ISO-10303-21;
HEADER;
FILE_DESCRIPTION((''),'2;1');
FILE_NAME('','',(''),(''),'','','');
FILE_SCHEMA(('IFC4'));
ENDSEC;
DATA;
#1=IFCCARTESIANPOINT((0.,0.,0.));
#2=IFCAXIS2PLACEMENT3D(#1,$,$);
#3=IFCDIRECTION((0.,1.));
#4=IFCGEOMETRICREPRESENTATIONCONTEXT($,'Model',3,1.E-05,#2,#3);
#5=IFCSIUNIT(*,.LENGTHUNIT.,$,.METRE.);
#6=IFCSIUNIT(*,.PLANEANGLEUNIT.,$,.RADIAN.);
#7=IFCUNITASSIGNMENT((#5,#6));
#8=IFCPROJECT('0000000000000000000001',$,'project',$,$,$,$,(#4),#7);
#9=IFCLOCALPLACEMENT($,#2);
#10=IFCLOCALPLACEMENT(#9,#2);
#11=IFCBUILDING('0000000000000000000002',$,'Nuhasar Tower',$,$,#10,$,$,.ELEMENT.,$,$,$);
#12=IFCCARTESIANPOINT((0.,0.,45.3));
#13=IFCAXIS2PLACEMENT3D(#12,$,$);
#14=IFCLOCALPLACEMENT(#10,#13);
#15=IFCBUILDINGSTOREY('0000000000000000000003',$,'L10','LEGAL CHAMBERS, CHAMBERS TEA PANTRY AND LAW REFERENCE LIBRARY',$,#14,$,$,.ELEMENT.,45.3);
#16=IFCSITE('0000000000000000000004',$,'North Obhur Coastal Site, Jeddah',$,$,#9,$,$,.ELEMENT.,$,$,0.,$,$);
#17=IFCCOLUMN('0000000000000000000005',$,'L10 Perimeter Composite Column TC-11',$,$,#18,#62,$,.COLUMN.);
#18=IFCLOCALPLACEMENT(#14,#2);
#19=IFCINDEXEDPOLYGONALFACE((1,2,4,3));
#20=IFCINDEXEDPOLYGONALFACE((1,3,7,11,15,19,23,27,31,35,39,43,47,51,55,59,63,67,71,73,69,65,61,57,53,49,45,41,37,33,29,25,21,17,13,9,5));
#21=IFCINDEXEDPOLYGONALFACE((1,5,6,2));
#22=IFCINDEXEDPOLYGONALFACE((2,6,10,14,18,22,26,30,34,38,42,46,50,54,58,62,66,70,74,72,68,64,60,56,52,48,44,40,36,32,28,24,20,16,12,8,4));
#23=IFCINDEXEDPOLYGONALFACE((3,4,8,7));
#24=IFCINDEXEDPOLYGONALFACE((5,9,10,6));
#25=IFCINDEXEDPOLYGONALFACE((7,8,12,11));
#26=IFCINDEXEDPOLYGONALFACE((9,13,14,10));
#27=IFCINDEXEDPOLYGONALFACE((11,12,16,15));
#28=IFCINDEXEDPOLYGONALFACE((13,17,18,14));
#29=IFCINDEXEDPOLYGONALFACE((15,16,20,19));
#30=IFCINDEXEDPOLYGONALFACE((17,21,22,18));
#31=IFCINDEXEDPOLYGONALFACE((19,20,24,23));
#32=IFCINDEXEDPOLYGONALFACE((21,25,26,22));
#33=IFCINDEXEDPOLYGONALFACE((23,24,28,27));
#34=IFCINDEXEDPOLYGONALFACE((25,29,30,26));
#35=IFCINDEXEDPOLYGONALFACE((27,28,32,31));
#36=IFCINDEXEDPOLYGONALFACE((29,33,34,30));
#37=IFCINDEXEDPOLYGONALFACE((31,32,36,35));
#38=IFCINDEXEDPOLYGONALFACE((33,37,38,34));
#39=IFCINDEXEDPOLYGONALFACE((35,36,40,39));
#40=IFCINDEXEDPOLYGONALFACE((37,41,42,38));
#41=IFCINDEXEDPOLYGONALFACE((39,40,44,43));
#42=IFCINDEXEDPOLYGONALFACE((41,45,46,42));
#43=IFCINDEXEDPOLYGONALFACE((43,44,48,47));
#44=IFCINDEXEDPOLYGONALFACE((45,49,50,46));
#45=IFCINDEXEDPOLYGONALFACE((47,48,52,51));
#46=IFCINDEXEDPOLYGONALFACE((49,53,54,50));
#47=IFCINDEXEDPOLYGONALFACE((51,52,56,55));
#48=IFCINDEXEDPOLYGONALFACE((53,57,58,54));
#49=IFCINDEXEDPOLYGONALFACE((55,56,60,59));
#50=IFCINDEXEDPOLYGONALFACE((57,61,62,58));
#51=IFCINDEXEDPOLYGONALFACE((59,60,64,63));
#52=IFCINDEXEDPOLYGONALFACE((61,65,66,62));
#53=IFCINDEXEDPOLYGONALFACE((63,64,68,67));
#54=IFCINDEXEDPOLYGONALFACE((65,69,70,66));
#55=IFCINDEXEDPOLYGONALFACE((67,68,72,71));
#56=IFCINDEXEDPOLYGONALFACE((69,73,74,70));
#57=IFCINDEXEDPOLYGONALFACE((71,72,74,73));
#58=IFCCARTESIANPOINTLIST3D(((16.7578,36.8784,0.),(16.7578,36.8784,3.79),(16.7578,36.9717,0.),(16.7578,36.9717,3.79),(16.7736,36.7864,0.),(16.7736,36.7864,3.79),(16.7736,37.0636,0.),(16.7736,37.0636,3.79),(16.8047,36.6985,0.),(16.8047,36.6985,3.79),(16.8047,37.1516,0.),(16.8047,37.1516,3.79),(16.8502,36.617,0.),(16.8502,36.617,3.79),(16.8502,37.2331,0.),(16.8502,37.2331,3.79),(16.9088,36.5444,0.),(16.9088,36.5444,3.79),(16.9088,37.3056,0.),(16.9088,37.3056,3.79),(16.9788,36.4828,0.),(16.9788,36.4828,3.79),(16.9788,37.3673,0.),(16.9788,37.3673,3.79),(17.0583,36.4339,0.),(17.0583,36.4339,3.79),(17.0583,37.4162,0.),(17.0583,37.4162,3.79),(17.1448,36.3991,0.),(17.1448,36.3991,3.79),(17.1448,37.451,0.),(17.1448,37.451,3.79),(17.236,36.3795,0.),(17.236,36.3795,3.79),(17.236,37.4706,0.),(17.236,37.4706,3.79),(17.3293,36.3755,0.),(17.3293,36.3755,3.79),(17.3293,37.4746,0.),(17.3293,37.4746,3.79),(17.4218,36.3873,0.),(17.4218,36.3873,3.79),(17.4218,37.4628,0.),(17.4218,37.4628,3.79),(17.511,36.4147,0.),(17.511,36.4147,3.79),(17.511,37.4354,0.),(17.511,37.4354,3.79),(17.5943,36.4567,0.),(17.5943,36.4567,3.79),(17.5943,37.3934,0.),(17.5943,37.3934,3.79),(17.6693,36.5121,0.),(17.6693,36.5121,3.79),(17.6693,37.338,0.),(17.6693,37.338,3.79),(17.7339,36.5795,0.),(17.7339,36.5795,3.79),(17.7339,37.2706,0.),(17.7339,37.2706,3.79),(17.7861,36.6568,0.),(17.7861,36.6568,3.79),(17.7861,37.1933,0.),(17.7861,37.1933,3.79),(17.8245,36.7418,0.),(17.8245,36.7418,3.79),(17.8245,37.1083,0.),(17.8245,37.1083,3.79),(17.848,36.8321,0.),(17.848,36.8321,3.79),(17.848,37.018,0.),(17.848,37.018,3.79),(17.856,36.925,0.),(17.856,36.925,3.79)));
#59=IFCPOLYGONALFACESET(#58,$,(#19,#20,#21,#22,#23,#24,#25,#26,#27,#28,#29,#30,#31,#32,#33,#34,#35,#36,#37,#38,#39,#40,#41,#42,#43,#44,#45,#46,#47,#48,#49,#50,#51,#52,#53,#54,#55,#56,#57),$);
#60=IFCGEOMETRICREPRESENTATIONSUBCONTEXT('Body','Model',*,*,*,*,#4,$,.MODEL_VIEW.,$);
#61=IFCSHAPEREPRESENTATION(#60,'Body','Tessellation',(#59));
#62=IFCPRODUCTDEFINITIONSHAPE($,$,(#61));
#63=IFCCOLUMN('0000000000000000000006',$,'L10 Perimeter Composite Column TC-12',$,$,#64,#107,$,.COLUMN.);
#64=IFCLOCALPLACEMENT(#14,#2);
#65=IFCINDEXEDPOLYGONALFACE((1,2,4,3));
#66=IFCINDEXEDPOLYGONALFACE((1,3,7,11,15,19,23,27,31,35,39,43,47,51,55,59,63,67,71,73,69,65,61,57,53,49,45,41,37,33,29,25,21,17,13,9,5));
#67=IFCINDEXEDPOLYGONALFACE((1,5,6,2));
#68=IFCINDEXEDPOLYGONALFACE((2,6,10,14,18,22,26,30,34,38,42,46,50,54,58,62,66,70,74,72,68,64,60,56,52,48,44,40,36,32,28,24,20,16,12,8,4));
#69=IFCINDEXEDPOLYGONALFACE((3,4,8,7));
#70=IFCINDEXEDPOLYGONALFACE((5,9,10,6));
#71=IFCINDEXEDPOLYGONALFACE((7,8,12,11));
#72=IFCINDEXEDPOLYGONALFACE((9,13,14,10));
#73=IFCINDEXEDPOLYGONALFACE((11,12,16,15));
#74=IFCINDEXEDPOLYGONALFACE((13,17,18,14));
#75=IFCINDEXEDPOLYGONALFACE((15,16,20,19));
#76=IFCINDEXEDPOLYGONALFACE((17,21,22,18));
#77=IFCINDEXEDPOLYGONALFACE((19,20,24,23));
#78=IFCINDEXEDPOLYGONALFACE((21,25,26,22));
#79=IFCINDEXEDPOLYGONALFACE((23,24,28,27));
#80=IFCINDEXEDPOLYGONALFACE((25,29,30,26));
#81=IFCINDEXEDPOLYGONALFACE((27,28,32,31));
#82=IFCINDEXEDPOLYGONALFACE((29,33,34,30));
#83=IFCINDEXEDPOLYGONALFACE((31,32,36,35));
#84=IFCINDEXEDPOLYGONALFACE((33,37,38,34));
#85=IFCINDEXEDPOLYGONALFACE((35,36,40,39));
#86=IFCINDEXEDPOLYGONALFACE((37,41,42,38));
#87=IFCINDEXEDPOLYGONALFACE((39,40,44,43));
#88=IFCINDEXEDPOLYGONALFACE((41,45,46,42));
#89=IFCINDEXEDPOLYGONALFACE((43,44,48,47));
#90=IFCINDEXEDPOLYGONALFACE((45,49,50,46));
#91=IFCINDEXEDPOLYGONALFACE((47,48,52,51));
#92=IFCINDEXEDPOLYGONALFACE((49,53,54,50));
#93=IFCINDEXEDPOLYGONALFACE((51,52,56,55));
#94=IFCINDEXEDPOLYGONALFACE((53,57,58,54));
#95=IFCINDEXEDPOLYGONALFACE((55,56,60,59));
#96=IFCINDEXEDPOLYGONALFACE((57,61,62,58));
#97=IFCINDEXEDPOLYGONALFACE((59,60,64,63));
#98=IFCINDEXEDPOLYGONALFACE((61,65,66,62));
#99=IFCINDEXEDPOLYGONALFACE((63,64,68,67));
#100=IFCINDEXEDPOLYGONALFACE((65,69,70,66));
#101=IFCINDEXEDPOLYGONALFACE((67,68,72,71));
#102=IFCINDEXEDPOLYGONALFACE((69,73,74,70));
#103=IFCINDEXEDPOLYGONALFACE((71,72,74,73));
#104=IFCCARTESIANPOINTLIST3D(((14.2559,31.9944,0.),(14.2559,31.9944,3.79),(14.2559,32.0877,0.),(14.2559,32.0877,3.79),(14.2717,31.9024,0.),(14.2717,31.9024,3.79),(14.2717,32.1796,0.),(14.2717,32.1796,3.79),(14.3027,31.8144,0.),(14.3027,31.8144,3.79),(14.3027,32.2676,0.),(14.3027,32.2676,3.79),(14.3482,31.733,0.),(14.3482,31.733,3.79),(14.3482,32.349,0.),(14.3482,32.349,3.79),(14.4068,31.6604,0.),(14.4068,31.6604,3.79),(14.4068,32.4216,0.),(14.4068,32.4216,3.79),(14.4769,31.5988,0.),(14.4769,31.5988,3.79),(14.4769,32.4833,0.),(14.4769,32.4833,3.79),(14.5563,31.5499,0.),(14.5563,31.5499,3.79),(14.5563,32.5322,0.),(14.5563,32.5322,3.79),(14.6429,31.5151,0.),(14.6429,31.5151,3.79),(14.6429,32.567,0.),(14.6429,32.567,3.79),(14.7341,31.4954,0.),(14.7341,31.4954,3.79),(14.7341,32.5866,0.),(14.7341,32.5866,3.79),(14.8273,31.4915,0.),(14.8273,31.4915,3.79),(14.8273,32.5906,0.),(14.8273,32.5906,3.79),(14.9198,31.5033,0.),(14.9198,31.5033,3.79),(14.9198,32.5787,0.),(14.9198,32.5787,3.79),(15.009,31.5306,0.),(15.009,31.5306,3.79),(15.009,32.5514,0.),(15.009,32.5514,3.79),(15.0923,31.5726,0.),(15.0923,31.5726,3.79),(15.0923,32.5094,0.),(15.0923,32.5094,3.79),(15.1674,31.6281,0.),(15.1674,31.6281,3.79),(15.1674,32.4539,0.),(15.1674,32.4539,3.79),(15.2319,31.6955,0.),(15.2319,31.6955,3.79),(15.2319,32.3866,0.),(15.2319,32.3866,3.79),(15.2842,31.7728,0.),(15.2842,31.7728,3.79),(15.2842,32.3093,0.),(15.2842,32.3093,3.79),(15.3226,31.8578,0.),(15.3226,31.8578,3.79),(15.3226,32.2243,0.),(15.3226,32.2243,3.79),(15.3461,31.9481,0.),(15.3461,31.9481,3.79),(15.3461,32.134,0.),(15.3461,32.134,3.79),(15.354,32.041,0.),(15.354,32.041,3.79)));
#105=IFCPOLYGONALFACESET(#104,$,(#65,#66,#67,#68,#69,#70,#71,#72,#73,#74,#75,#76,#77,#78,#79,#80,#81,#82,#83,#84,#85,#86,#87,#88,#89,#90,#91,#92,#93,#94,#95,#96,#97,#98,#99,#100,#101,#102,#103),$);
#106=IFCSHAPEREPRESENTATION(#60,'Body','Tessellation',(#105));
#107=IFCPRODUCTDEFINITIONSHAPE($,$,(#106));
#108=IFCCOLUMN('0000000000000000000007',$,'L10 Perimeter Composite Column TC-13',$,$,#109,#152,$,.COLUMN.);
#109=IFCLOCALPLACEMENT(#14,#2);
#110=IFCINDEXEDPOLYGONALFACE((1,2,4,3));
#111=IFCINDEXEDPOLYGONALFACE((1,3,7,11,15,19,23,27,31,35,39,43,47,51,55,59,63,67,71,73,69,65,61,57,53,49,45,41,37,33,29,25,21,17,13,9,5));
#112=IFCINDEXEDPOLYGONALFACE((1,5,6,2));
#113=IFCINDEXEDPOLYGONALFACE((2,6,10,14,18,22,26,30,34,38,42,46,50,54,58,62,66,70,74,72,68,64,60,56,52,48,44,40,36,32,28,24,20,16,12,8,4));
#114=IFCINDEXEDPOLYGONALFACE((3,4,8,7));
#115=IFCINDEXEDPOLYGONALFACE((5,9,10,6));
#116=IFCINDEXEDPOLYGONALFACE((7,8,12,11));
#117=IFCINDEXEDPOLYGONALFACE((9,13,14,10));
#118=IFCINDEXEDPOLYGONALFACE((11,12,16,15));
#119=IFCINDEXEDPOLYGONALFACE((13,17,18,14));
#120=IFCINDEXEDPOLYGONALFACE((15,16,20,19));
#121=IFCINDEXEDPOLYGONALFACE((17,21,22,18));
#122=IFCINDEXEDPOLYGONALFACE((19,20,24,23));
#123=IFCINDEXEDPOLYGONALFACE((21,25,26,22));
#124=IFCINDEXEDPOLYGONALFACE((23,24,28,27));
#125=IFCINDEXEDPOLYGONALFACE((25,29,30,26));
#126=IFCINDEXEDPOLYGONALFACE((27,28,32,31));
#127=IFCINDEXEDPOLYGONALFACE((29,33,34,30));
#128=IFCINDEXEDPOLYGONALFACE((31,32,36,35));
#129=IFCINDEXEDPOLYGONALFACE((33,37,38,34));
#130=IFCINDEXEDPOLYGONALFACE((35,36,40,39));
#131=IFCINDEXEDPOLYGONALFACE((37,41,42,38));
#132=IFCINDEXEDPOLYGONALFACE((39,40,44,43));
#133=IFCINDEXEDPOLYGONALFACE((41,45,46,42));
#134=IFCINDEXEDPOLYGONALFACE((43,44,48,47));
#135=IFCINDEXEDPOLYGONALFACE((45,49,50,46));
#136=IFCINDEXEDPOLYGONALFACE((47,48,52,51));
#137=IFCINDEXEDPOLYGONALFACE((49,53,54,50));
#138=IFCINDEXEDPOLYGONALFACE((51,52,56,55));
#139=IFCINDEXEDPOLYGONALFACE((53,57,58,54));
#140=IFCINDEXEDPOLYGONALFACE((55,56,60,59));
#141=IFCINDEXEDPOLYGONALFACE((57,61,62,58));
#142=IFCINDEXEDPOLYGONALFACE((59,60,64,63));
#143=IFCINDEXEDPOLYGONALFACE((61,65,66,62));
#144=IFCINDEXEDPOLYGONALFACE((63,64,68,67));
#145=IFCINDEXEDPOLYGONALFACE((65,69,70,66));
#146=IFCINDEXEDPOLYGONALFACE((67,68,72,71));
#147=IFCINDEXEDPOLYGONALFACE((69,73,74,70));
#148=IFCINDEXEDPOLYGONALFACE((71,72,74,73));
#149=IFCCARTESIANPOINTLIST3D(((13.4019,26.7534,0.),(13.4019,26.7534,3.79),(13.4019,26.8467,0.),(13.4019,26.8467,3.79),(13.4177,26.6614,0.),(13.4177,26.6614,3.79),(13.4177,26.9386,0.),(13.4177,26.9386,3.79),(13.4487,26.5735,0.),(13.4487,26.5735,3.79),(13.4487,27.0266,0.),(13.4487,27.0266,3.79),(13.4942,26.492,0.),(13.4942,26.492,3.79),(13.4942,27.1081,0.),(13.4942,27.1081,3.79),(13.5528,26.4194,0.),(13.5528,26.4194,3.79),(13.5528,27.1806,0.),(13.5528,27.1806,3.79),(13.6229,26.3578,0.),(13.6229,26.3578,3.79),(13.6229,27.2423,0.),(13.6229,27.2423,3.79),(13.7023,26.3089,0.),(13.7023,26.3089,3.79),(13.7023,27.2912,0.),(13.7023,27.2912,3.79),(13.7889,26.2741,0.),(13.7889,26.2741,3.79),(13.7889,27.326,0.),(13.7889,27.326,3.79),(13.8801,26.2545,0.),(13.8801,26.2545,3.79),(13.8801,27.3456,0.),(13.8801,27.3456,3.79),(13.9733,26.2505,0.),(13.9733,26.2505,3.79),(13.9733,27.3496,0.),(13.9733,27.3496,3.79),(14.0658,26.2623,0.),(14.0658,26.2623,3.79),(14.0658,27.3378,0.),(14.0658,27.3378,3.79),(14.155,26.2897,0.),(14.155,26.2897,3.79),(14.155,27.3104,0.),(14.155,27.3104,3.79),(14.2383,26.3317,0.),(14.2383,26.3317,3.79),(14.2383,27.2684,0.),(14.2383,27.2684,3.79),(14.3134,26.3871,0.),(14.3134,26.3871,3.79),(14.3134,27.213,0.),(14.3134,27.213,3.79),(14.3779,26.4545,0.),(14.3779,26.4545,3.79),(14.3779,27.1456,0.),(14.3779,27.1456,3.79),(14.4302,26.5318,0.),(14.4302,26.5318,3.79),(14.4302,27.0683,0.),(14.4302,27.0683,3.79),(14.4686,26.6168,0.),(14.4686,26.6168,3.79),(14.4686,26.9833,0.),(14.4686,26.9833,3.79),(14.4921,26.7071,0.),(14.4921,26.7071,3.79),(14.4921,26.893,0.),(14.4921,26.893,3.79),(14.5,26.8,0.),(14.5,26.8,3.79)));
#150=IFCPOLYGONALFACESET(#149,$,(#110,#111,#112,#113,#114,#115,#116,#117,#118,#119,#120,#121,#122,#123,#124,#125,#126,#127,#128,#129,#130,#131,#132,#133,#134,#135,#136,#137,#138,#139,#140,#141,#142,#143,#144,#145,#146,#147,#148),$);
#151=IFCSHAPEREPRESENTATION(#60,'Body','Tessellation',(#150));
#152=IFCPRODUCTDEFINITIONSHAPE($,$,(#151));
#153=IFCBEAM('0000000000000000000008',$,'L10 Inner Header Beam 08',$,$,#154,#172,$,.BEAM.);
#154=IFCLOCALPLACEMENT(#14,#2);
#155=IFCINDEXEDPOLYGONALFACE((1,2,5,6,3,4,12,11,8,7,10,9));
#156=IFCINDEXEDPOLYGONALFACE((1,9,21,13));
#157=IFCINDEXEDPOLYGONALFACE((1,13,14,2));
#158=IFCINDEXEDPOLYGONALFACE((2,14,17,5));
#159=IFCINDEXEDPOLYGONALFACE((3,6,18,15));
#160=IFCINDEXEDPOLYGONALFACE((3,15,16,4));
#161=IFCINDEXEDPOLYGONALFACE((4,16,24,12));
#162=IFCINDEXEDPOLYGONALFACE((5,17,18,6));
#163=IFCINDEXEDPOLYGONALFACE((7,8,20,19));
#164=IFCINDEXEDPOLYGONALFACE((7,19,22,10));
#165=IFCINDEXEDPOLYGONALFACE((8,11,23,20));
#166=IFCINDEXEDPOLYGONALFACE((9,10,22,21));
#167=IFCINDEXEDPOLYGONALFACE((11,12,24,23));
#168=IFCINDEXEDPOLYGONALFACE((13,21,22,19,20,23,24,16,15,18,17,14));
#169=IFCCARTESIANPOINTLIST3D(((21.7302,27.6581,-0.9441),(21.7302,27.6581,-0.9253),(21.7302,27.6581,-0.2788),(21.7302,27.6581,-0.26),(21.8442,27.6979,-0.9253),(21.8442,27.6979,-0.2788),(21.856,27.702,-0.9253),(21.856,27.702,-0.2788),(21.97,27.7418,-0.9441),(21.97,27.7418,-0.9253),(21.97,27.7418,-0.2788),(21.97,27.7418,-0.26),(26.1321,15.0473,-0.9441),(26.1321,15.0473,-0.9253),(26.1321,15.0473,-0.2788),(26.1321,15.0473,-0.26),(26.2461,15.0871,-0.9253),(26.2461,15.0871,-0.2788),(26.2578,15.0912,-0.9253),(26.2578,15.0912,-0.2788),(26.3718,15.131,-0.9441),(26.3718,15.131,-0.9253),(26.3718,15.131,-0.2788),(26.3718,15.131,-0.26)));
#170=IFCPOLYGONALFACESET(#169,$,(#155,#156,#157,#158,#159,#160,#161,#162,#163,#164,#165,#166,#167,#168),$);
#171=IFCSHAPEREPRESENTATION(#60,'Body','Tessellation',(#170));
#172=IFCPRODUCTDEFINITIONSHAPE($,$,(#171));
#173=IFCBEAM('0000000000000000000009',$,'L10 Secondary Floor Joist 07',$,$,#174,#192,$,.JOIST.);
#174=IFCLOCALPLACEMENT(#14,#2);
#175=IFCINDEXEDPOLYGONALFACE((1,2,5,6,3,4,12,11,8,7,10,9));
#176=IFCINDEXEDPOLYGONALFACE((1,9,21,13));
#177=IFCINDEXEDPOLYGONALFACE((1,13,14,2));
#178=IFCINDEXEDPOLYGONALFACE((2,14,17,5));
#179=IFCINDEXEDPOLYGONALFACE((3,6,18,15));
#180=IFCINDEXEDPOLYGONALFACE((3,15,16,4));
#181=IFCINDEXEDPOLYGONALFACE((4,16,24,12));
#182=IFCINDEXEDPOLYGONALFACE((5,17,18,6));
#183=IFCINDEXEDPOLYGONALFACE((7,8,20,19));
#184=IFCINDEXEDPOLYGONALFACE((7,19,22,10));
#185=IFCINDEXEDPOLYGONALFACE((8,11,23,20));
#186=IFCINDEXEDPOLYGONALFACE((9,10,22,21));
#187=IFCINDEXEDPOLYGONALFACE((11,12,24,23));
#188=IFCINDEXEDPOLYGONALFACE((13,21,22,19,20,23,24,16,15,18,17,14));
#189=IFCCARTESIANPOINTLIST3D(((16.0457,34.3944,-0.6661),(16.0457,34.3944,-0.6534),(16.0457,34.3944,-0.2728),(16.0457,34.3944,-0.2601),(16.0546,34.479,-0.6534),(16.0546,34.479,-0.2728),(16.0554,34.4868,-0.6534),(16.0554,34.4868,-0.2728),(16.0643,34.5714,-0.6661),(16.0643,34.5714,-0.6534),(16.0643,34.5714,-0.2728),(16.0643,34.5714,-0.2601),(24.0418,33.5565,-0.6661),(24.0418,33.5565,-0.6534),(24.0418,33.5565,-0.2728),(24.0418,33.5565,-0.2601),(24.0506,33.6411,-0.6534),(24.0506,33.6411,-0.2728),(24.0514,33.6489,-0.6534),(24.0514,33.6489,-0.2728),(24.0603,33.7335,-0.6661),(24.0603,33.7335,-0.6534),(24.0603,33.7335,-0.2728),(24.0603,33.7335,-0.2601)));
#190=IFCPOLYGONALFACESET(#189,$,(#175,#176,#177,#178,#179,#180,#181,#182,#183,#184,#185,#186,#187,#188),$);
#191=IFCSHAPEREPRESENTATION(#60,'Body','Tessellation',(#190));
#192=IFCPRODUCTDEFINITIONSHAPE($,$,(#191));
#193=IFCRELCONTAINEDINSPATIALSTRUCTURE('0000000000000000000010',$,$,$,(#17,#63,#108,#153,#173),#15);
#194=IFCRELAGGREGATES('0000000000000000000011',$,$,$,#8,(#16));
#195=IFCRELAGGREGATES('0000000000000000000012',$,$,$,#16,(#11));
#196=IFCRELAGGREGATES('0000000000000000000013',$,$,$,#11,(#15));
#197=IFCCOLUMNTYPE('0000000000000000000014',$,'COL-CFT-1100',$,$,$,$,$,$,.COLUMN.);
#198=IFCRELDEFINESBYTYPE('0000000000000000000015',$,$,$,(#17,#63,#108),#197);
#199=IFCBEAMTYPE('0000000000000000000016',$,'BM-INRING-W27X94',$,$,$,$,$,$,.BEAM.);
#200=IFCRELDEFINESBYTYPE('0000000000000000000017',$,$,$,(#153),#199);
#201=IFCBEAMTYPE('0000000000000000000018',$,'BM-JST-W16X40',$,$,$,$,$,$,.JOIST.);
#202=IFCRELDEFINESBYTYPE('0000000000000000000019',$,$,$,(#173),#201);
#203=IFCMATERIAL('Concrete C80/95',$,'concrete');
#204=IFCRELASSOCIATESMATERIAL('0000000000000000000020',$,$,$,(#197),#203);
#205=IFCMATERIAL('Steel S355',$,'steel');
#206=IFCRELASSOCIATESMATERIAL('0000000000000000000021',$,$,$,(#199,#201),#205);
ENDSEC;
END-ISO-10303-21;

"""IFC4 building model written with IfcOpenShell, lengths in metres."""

from ifc_helpers import new_model, si_unit, direction, frame, origin, origin_2d, place, context, subcontext, project, spatial, circle, i_section, extrude, material, material_profile, profile_set, type_object, element, save


model = new_model("IFC4")

# Units and contexts
model_context = context("Model", 3, precision=1e-05, world=origin(), true_north=direction((0.0, 1.0)))
body_context = subcontext(model_context, "Body", "Model", "MODEL_VIEW")
ifc_project = project(units=[si_unit("LENGTHUNIT", "METRE"), si_unit("PLANEANGLEUNIT", "RADIAN")], contexts=[model_context])

# Site, building, storey
site_placement = place(None, origin())
site = spatial("IfcSite", under=ifc_project, at=site_placement, Name="North Obhur Coastal Site, Jeddah", CompositionType="ELEMENT", RefElevation=0.0)
building_placement = place(site_placement, origin())
building = spatial("IfcBuilding", under=site, at=building_placement, Name="Nuhasar Tower", CompositionType="ELEMENT")
storey_placement = place(building_placement, frame((0.0, 0.0, 45.3)))
storey = spatial("IfcBuildingStorey", under=building, at=storey_placement, Name="L10", Description="LEGAL CHAMBERS, CHAMBERS TEA PANTRY AND LAW REFERENCE LIBRARY", CompositionType="ELEMENT", Elevation=45.3)

# Columns
ifc_material_1 = material(Name="Concrete C80/95", Category="concrete")
ifc_material_profile_1 = material_profile(ifc_material_1, circle(Radius=0.55, at=origin_2d()), Name="CFT1100")
ifc_profile_set_1 = profile_set([ifc_material_profile_1], Name="Concrete C80/95")
column_type = type_object("IfcColumnType", Name="COL-CFT-1100", PredefinedType="COLUMN", material=ifc_profile_set_1)
for number, where, z_axis, x_axis, name in (
    (1, (17.3059, 36.925, 0.0), (0.0, 0.0, 1.0), (1.0, 0.0, 0.0), "L10 Perimeter Composite Column TC-11"),
    (2, (14.804, 32.041, 0.0), (0.0, 0.0, 1.0), (1.0, 0.0, 0.0), "L10 Perimeter Composite Column TC-12"),
    (3, (13.95, 26.8, 0.0), (0.0, 0.0, 1.0), (1.0, 0.0, 0.0), "L10 Perimeter Composite Column TC-13"),
):
    element("IfcColumn", number, at=place(storey_placement, frame(where, z_axis=z_axis, x_axis=x_axis)), inside=storey, type_object=column_type, Name=name, PredefinedType="COLUMN", context=body_context, shape_type="SweptSolid", body=[
        extrude(circle(Radius=0.55, at=origin_2d()), origin(), (0.0, 0.0, 1.0), 3.79),
    ])

# Beams
ifc_material_2 = material(Name="Steel S355", Category="steel")
ifc_material_profile_2 = material_profile(ifc_material_2, i_section(OverallWidth=0.2539, OverallDepth=0.6841, WebThickness=0.0125, FlangeThickness=0.0188, at=origin_2d()), Name="W27X94")
ifc_profile_set_2 = profile_set([ifc_material_profile_2], Name="Steel S355")
beam_type_1 = type_object("IfcBeamType", Name="BM-INRING-W27X94", PredefinedType="BEAM", material=ifc_profile_set_2)
beam_1_placement = place(storey_placement, frame((21.8501, 27.7, -0.6021), z_axis=(0.329554, -0.944137, 0.0), x_axis=(0.944137, 0.329554, 0.0)))
element("IfcBeam", 4, at=beam_1_placement, inside=storey, type_object=beam_type_1, Name="L10 Inner Header Beam 08", PredefinedType="BEAM", context=body_context, shape_type="SweptSolid", body=[
    extrude(i_section(OverallWidth=0.2539, OverallDepth=0.6841, WebThickness=0.0125, FlangeThickness=0.0188, at=origin_2d()), origin(), (0.0, 0.0, 1.0), 13.3569),
])
ifc_material_profile_3 = material_profile(ifc_material_2, i_section(OverallWidth=0.178, OverallDepth=0.406, WebThickness=0.0078, FlangeThickness=0.0127, at=origin_2d()), Name="W16X40")
ifc_profile_set_3 = profile_set([ifc_material_profile_3], Name="Steel S355")
beam_type_2 = type_object("IfcBeamType", Name="BM-JST-W16X40", PredefinedType="JOIST", material=ifc_profile_set_3)
beam_2_placement = place(storey_placement, frame((24.051, 33.645, -0.4631), z_axis=(-0.994555, 0.104217, 0.0), x_axis=(-0.104217, -0.994555, 0.0)))
element("IfcBeam", 5, at=beam_2_placement, inside=storey, type_object=beam_type_2, Name="L10 Secondary Floor Joist 07", PredefinedType="JOIST", context=body_context, shape_type="SweptSolid", body=[
    extrude(i_section(OverallWidth=0.178, OverallDepth=0.406, WebThickness=0.0078, FlangeThickness=0.0127, at=origin_2d()), origin(), (0.0, 0.0, 1.0), 8.0398),
])

save(model, "model.ifc")
